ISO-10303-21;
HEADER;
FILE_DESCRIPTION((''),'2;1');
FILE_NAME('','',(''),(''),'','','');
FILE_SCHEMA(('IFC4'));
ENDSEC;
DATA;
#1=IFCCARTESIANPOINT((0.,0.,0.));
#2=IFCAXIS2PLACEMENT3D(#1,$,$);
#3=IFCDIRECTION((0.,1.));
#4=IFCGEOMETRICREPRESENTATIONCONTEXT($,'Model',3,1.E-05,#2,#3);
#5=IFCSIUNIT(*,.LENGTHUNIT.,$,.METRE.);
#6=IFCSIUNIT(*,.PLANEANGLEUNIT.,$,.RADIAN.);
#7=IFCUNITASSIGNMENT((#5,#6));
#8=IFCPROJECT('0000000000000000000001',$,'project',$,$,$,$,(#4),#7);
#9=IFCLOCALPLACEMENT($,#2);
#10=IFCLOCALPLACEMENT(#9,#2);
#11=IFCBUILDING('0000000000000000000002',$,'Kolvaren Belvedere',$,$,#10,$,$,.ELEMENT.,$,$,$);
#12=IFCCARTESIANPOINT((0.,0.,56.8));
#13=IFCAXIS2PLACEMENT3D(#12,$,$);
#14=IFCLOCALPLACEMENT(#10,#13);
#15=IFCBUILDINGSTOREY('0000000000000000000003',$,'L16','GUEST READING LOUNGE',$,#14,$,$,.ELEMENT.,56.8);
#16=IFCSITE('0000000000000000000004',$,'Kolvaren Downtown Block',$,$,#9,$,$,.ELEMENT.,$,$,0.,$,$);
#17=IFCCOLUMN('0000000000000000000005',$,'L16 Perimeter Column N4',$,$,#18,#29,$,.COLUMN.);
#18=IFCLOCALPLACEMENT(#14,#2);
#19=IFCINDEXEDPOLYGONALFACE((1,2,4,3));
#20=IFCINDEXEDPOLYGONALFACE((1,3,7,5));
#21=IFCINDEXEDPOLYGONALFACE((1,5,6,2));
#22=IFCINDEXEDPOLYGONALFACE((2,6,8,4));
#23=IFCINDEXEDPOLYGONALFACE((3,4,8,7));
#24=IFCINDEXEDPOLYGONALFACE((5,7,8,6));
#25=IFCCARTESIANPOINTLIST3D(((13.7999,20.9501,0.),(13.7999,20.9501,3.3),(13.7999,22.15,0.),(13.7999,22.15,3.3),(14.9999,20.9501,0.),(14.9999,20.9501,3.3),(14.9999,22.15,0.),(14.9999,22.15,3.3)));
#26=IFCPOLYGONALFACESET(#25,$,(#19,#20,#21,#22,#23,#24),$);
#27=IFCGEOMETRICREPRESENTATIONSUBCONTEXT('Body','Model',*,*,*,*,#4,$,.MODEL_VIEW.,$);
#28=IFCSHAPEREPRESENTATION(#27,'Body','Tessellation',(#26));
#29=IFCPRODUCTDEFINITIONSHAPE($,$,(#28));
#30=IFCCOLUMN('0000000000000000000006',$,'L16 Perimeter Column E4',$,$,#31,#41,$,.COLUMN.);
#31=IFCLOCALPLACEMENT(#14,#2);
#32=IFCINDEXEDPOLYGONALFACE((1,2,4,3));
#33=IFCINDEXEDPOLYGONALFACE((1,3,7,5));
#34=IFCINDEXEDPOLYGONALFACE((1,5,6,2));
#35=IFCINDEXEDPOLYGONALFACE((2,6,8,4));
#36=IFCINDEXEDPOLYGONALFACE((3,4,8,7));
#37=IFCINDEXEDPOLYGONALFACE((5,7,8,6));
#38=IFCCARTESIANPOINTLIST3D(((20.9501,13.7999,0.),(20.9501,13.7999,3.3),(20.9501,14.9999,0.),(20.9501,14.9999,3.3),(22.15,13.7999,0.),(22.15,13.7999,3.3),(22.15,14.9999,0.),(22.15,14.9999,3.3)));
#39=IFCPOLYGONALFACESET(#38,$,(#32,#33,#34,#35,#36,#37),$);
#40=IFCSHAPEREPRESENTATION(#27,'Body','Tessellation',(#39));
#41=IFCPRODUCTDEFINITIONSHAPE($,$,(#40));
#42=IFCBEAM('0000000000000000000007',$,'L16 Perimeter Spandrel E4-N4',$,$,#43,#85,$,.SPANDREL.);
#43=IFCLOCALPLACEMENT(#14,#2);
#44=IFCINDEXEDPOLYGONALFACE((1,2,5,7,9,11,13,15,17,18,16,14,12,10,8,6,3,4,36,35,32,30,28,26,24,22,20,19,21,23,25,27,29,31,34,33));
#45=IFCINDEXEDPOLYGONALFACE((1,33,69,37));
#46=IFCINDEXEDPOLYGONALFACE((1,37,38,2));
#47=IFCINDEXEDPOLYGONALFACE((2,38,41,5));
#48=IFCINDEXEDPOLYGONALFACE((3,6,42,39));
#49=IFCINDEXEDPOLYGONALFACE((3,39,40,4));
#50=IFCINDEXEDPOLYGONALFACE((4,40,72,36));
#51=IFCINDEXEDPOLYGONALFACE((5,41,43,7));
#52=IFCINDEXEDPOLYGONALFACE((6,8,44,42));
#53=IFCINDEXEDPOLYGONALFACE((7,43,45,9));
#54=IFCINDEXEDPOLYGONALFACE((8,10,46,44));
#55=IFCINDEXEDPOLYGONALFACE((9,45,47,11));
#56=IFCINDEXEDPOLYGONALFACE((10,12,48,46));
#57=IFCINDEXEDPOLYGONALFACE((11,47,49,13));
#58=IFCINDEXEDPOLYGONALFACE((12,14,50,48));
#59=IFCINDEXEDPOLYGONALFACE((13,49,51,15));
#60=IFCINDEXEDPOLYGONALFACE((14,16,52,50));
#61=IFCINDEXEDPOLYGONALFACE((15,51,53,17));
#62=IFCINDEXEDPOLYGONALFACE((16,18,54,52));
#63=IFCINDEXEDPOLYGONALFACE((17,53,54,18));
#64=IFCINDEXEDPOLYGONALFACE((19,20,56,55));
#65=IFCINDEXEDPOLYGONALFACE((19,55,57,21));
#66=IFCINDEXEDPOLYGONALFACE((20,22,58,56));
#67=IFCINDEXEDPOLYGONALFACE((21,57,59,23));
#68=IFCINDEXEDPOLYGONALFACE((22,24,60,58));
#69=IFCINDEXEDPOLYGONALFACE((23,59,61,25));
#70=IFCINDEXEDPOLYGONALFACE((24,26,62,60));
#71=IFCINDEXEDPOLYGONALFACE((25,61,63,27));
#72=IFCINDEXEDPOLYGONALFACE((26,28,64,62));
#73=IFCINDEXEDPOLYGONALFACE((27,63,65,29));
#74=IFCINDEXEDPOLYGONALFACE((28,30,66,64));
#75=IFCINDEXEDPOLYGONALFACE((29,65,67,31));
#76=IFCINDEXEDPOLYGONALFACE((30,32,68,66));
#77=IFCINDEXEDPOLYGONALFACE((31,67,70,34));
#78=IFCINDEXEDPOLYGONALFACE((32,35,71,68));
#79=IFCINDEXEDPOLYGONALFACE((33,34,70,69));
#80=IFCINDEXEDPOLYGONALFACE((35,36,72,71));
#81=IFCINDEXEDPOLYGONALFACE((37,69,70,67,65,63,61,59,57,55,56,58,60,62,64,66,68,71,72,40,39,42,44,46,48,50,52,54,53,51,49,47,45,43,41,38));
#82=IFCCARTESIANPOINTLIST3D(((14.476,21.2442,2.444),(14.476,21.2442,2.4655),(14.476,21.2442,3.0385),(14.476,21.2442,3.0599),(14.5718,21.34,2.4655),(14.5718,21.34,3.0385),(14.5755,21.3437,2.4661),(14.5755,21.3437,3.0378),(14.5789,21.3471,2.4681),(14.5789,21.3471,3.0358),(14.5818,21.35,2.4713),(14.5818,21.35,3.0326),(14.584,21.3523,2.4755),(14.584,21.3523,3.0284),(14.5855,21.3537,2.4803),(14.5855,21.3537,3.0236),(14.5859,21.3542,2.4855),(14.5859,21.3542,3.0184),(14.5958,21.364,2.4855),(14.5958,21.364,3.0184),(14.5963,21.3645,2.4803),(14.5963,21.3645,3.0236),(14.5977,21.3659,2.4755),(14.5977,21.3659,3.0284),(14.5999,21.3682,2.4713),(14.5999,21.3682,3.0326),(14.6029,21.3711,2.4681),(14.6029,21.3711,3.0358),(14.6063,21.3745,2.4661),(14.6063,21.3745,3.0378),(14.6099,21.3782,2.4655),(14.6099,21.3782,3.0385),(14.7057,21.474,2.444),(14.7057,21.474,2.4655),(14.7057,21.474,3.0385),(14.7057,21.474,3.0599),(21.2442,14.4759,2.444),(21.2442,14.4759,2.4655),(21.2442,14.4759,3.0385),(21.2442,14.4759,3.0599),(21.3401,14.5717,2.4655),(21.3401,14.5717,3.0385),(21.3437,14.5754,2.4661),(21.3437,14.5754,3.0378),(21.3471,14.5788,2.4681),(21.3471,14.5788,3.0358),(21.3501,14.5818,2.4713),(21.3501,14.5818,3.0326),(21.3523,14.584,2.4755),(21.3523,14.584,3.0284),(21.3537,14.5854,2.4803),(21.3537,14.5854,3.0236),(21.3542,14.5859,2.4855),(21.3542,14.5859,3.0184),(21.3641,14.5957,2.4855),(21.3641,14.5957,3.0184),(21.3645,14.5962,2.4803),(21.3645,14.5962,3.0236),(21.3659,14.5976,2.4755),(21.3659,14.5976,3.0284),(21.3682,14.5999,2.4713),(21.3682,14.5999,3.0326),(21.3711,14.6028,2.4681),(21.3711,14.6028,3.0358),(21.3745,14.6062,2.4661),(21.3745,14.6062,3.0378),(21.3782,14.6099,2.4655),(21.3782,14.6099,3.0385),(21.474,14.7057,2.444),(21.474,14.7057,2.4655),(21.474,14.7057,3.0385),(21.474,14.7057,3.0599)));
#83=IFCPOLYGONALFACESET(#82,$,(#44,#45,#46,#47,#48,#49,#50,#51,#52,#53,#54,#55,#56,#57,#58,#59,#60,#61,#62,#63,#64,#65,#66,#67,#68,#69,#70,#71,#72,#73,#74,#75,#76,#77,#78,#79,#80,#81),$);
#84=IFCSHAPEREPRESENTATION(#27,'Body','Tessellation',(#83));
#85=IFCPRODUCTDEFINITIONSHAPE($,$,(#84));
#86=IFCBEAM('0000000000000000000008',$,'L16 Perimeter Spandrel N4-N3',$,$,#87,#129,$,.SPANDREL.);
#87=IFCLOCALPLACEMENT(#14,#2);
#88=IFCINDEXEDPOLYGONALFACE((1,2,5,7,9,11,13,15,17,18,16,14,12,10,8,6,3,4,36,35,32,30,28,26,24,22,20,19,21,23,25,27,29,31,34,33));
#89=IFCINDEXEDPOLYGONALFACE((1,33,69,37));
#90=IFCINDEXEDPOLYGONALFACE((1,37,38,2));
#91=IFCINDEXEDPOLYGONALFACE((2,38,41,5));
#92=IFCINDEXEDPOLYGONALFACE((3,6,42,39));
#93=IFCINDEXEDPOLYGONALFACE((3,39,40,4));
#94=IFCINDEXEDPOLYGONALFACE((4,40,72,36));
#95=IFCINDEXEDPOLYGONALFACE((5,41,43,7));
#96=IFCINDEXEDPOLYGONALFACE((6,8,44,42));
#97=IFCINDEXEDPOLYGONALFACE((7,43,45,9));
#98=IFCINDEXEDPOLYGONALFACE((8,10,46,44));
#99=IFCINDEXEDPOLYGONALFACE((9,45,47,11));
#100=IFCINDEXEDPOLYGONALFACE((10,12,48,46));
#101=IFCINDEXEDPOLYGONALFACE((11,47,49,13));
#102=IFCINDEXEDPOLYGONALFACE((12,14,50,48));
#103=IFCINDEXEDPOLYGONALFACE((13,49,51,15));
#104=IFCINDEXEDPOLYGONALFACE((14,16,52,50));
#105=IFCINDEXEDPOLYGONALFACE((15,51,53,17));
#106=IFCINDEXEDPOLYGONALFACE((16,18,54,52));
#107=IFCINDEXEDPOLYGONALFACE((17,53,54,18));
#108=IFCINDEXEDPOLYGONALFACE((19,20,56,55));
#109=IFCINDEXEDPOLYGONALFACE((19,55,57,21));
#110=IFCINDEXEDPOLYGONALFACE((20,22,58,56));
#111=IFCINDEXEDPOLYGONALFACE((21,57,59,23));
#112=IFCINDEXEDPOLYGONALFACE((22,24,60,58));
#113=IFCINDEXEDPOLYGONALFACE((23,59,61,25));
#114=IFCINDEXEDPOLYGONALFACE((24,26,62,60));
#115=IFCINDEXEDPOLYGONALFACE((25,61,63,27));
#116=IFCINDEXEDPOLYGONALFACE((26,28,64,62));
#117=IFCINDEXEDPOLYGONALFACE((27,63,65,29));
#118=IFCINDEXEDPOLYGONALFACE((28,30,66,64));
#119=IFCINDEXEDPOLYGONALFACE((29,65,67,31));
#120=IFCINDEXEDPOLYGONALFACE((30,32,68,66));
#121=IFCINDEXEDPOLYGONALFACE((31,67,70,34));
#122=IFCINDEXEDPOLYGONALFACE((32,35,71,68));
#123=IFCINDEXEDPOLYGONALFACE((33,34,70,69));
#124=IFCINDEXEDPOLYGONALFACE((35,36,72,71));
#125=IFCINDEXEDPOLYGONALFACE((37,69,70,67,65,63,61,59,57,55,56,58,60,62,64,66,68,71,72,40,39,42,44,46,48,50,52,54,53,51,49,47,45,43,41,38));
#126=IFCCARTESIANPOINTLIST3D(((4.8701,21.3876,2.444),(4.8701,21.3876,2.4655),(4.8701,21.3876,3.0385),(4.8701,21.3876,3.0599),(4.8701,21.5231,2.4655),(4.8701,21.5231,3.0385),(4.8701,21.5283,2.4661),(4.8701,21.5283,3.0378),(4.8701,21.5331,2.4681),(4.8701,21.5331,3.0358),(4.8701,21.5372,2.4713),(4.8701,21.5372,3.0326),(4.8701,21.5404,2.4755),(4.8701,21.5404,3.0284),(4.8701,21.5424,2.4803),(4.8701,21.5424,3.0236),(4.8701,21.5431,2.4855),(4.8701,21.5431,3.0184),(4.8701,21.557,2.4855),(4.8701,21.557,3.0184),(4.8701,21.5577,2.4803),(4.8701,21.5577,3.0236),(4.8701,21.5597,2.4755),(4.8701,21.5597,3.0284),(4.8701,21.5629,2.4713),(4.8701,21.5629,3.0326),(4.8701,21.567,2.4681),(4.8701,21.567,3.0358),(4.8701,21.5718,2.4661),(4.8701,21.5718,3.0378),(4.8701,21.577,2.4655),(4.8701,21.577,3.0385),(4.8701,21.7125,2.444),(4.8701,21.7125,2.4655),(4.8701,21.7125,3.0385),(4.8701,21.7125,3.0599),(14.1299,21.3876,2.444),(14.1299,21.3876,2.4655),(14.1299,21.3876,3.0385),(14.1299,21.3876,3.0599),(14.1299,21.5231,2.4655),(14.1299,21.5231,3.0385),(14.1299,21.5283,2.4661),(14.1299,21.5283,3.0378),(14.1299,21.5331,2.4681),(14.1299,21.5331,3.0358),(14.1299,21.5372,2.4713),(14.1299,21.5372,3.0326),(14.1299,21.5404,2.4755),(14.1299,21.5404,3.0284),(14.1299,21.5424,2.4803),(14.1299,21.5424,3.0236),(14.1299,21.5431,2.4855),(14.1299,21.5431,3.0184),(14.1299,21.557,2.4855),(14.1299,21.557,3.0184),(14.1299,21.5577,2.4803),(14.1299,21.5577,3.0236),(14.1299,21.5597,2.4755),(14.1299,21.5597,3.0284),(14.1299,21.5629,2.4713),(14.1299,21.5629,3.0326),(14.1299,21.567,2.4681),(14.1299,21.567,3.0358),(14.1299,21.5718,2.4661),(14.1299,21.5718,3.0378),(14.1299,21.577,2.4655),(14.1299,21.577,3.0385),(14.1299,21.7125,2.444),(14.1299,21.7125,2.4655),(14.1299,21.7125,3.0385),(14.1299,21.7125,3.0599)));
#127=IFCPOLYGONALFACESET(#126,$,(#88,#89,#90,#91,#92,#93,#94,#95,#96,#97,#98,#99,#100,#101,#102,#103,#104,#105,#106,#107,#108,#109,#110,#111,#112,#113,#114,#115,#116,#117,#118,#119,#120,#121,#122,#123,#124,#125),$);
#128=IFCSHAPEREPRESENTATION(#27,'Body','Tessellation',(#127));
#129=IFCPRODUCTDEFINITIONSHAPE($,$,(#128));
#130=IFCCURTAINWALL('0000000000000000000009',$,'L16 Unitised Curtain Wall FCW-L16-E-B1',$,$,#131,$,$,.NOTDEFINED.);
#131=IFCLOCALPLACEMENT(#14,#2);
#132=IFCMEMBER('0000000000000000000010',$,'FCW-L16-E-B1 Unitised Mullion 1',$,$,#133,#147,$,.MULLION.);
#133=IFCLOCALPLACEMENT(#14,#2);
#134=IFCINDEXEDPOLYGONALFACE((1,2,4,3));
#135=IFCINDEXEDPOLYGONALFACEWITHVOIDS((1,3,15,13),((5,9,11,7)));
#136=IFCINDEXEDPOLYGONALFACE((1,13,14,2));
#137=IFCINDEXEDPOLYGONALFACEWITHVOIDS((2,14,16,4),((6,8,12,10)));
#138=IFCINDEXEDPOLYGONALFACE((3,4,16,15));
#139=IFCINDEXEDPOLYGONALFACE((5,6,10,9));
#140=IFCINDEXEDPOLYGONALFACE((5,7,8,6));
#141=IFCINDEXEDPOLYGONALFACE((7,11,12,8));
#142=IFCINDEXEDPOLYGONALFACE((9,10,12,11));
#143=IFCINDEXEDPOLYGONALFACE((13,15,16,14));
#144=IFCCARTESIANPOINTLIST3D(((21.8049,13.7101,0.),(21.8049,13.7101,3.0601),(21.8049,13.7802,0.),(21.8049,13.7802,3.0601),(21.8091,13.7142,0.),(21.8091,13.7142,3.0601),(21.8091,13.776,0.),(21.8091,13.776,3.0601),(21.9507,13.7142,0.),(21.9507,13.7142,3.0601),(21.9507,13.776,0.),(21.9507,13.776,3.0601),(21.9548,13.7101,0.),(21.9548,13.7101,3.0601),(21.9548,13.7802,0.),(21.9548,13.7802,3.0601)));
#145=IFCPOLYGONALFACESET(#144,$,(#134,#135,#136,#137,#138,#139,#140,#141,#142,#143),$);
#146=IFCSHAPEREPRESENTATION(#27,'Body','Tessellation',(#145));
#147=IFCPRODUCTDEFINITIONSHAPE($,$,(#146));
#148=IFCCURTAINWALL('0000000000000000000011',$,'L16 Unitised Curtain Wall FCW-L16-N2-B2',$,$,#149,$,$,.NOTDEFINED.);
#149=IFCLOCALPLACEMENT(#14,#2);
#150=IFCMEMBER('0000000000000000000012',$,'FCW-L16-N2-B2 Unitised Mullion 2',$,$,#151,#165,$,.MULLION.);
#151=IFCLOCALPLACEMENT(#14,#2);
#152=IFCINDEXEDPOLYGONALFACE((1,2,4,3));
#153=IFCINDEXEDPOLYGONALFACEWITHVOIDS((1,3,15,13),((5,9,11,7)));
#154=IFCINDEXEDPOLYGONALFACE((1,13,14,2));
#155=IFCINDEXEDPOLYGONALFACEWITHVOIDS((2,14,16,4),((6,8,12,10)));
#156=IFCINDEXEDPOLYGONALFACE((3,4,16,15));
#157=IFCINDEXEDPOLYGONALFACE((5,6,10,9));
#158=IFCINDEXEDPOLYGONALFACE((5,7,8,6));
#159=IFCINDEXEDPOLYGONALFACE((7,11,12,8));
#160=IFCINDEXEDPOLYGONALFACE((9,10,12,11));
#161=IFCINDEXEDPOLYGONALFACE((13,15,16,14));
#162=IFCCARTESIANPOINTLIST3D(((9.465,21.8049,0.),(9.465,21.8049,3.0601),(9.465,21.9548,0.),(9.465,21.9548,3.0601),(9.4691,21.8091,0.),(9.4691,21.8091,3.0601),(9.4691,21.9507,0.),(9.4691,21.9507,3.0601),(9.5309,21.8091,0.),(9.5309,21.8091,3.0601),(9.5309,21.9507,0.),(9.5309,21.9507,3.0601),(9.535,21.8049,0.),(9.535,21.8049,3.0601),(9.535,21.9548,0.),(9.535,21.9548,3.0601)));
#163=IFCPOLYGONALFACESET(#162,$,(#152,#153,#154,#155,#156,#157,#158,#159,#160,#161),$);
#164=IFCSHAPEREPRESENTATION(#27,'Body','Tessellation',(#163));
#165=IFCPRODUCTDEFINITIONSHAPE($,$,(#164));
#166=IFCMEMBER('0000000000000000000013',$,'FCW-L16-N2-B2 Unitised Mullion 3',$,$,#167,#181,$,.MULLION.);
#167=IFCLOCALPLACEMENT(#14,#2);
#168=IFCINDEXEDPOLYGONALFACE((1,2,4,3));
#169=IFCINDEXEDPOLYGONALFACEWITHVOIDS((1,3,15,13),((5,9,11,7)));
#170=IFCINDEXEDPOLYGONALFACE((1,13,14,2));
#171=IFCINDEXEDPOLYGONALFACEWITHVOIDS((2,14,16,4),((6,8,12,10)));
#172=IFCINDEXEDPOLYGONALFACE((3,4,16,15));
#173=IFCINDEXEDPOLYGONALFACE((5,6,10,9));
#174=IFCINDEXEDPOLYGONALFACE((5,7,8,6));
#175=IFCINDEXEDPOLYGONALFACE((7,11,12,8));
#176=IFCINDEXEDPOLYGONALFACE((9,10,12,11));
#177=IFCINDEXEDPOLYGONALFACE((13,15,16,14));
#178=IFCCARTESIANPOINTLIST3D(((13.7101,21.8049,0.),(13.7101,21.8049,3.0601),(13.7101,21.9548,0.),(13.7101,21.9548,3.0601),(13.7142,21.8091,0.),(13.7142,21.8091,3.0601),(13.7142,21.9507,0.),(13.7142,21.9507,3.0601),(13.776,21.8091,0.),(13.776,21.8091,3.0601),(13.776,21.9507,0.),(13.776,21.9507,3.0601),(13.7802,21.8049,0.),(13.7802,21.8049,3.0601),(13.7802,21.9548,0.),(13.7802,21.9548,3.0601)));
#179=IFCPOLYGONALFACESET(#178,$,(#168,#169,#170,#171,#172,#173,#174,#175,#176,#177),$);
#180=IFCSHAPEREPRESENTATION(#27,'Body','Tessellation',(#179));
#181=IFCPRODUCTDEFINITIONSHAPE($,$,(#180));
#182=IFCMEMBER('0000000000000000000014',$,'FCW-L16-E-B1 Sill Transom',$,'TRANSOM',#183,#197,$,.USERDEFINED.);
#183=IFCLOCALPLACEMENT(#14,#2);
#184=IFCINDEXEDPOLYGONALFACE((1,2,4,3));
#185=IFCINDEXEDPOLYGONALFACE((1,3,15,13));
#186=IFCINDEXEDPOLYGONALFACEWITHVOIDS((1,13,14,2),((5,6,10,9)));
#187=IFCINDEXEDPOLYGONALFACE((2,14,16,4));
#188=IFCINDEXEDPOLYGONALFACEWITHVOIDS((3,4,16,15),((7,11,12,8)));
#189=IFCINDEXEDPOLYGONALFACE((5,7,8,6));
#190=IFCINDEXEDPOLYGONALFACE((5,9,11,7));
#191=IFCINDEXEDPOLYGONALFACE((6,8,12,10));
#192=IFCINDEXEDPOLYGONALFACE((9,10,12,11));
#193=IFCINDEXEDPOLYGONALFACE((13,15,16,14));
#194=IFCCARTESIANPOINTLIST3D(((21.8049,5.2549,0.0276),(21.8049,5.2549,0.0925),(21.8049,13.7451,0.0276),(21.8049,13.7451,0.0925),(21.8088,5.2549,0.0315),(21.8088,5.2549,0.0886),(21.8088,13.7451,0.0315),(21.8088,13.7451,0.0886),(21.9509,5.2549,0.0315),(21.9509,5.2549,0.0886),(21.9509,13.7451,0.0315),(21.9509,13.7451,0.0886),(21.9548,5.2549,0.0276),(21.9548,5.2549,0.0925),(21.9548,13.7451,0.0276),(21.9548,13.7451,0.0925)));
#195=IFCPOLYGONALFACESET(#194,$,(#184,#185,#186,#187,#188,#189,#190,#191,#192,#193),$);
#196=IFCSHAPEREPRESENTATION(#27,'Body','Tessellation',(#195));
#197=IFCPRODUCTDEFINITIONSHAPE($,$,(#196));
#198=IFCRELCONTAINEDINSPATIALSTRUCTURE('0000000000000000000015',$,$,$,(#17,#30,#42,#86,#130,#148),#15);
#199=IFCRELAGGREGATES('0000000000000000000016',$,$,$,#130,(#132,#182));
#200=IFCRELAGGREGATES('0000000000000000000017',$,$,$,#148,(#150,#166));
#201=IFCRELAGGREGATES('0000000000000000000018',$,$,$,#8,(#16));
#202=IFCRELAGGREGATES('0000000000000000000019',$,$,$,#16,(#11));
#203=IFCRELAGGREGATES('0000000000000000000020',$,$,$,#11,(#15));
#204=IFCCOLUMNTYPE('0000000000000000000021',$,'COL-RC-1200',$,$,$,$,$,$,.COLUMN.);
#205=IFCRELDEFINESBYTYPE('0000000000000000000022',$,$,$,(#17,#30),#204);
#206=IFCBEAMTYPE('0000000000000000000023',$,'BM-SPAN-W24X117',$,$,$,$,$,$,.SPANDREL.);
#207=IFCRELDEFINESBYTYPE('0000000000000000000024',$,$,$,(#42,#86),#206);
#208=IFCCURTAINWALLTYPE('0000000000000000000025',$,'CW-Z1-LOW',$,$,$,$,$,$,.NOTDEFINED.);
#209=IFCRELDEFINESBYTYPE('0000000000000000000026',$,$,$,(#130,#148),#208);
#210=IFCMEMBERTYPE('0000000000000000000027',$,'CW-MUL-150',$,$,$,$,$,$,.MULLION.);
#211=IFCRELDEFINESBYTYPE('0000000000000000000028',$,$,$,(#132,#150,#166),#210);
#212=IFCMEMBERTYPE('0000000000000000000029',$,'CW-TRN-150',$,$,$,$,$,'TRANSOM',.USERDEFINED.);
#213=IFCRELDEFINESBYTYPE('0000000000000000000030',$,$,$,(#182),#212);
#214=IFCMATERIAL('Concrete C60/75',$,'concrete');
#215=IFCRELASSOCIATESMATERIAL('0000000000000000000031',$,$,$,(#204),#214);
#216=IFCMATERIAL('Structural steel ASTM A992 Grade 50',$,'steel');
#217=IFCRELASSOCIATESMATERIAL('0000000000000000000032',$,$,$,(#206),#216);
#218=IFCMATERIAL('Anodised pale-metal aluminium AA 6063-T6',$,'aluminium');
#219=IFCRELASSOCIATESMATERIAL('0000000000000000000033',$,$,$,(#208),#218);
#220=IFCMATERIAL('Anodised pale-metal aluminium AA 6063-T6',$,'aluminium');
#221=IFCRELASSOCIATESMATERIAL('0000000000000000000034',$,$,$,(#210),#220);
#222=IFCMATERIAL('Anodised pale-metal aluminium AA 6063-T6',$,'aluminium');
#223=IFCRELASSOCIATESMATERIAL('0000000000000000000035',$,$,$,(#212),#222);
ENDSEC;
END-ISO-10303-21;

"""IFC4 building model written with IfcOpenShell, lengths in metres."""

from ifc_helpers import new_model, si_unit, direction, frame, origin, origin_2d, place, context, subcontext, project, spatial, rectangle, hollow_rectangle, i_section, extrude, material, material_profile, profile_set, type_object, element, aggregate, save


model = new_model("IFC4")

# Units and contexts
model_context = context("Model", 3, precision=1e-05, world=origin(), true_north=direction((0.0, 1.0)))
body_context = subcontext(model_context, "Body", "Model", "MODEL_VIEW")
ifc_project = project(units=[si_unit("LENGTHUNIT", "METRE"), si_unit("PLANEANGLEUNIT", "RADIAN")], contexts=[model_context])

# Site, building, storey
site_placement = place(None, origin())
site = spatial("IfcSite", under=ifc_project, at=site_placement, Name="Kolvaren Downtown Block", CompositionType="ELEMENT", RefElevation=0.0)
building_placement = place(site_placement, origin())
building = spatial("IfcBuilding", under=site, at=building_placement, Name="Kolvaren Belvedere", CompositionType="ELEMENT")
storey_placement = place(building_placement, frame((0.0, 0.0, 56.8)))
storey = spatial("IfcBuildingStorey", under=building, at=storey_placement, Name="L16", Description="GUEST READING LOUNGE", CompositionType="ELEMENT", Elevation=56.8)

# Columns
ifc_material_1 = material(Name="Concrete C60/75", Category="concrete")
ifc_material_profile_1 = material_profile(ifc_material_1, rectangle(XDim=1.2, YDim=1.2, at=origin_2d()), Name="RC 1200X1200")
ifc_profile_set_1 = profile_set([ifc_material_profile_1], Name="Concrete C60/75")
column_type = type_object("IfcColumnType", Name="COL-RC-1200", PredefinedType="COLUMN", material=ifc_profile_set_1)
for number, where, z_axis, x_axis, name in (
    (1, (14.3999, 21.55, 0.0), (0.0, 0.0, 1.0), (1.0, 0.0, 0.0), "L16 Perimeter Column N4"),
    (2, (21.55, 14.3999, 0.0), (0.0, 0.0, 1.0), (1.0, 0.0, 0.0), "L16 Perimeter Column E4"),
):
    element("IfcColumn", number, at=place(storey_placement, frame(where, z_axis=z_axis, x_axis=x_axis)), inside=storey, type_object=column_type, Name=name, PredefinedType="COLUMN", context=body_context, shape_type="SweptSolid", body=[
        extrude(rectangle(XDim=1.2, YDim=1.2, at=origin_2d()), origin(), (0.0, 0.0, 1.0), 3.3),
    ])

# Beams
ifc_material_2 = material(Name="Structural steel ASTM A992 Grade 50", Category="steel")
ifc_material_profile_2 = material_profile(ifc_material_2, i_section(OverallWidth=0.325, OverallDepth=0.616, WebThickness=0.0139, FlangeThickness=0.0215, FilletRadius=0.02, at=origin_2d()), Name="W24X117")
ifc_profile_set_2 = profile_set([ifc_material_profile_2], Name="Structural steel ASTM A992 Grade 50")
beam_type = type_object("IfcBeamType", Name="BM-SPAN-W24X117", PredefinedType="SPANDREL", material=ifc_profile_set_2)
beam_1_placement = place(storey_placement, frame((21.3591, 14.5908, 2.752), z_axis=(-0.707107, 0.707107, 0.0), x_axis=(-0.707107, -0.707107, 0.0)))
element("IfcBeam", 3, at=beam_1_placement, inside=storey, type_object=beam_type, Name="L16 Perimeter Spandrel E4-N4", PredefinedType="SPANDREL", context=body_context, shape_type="SweptSolid", body=[
    extrude(i_section(OverallWidth=0.325, OverallDepth=0.616, WebThickness=0.0139, FlangeThickness=0.0215, FilletRadius=0.02, at=origin_2d()), origin(), (0.0, 0.0, 1.0), 9.5718),
])
beam_2_placement = place(storey_placement, frame((14.1299, 21.55, 2.752), z_axis=(-1.0, 0.0, 0.0), x_axis=(0.0, -1.0, 0.0)))
element("IfcBeam", 4, at=beam_2_placement, inside=storey, type_object=beam_type, Name="L16 Perimeter Spandrel N4-N3", PredefinedType="SPANDREL", context=body_context, shape_type="SweptSolid", body=[
    extrude(i_section(OverallWidth=0.325, OverallDepth=0.616, WebThickness=0.0139, FlangeThickness=0.0215, FilletRadius=0.02, at=origin_2d()), origin(), (0.0, 0.0, 1.0), 9.2598),
])

# Curtain wall, member
ifc_material_3 = material(Name="Anodised pale-metal aluminium AA 6063-T6", Category="aluminium")
curtain_wall_type = type_object("IfcCurtainWallType", Name="CW-Z1-LOW", PredefinedType="NOTDEFINED", material=ifc_material_3)
curtain_wall_1_placement = place(storey_placement, origin())
curtain_wall_1 = element("IfcCurtainWall", 5, at=curtain_wall_1_placement, inside=storey, type_object=curtain_wall_type, Name="L16 Unitised Curtain Wall FCW-L16-E-B1", PredefinedType="NOTDEFINED")
ifc_material_4 = material(Name="Anodised pale-metal aluminium AA 6063-T6", Category="aluminium")
ifc_material_profile_3 = material_profile(ifc_material_4, hollow_rectangle(XDim=0.0701, YDim=0.1499, WallThickness=0.0042, at=origin_2d()), Name="ALU-MUL-150X70")
ifc_profile_set_3 = profile_set([ifc_material_profile_3], Name="Anodised pale-metal aluminium AA 6063-T6")
member_type_1 = type_object("IfcMemberType", Name="CW-MUL-150", PredefinedType="MULLION", material=ifc_profile_set_3)
member_1_placement = place(storey_placement, frame((21.8799, 13.7451, 0.0), z_axis=(0.0, 0.0, 1.0), x_axis=(0.0, 1.0, 0.0)))
member_1 = element("IfcMember", 6, at=member_1_placement, type_object=member_type_1, Name="FCW-L16-E-B1 Unitised Mullion 1", PredefinedType="MULLION", context=body_context, shape_type="SweptSolid", body=[
    extrude(hollow_rectangle(XDim=0.0701, YDim=0.1499, WallThickness=0.0042, at=origin_2d()), origin(), (0.0, 0.0, 1.0), 3.0601),
])

# Curtain wall, members
curtain_wall_2_placement = place(storey_placement, origin())
curtain_wall_2 = element("IfcCurtainWall", 7, at=curtain_wall_2_placement, inside=storey, type_object=curtain_wall_type, Name="L16 Unitised Curtain Wall FCW-L16-N2-B2", PredefinedType="NOTDEFINED")
member_2_placement = place(storey_placement, frame((9.5, 21.8799, 0.0), z_axis=(0.0, 0.0, 1.0), x_axis=(1.0, 0.0, 0.0)))
member_2 = element("IfcMember", 8, at=member_2_placement, type_object=member_type_1, Name="FCW-L16-N2-B2 Unitised Mullion 2", PredefinedType="MULLION", context=body_context, shape_type="SweptSolid", body=[
    extrude(hollow_rectangle(XDim=0.0701, YDim=0.1499, WallThickness=0.0042, at=origin_2d()), origin(), (0.0, 0.0, 1.0), 3.0601),
])
member_3_placement = place(storey_placement, frame((13.7451, 21.8799, 0.0), z_axis=(0.0, 0.0, 1.0), x_axis=(1.0, 0.0, 0.0)))
member_3 = element("IfcMember", 9, at=member_3_placement, type_object=member_type_1, Name="FCW-L16-N2-B2 Unitised Mullion 3", PredefinedType="MULLION", context=body_context, shape_type="SweptSolid", body=[
    extrude(hollow_rectangle(XDim=0.0701, YDim=0.1499, WallThickness=0.0042, at=origin_2d()), origin(), (0.0, 0.0, 1.0), 3.0601),
])

# Member
ifc_material_5 = material(Name="Anodised pale-metal aluminium AA 6063-T6", Category="aluminium")
ifc_material_profile_4 = material_profile(ifc_material_5, hollow_rectangle(XDim=0.0649, YDim=0.1499, WallThickness=0.0039, at=origin_2d()), Name="ALU-TRN-150X65")
ifc_profile_set_4 = profile_set([ifc_material_profile_4], Name="Anodised pale-metal aluminium AA 6063-T6")
member_type_2 = type_object("IfcMemberType", Name="CW-TRN-150", ElementType="TRANSOM", PredefinedType="USERDEFINED", material=ifc_profile_set_4)
member_4_placement = place(storey_placement, frame((21.8799, 13.7451, 0.0601), z_axis=(0.0, -1.0, 0.0), x_axis=(0.0, 0.0, 1.0)))
member_4 = element("IfcMember", 10, at=member_4_placement, type_object=member_type_2, Name="FCW-L16-E-B1 Sill Transom", ObjectType="TRANSOM", PredefinedType="USERDEFINED", context=body_context, shape_type="SweptSolid", body=[
    extrude(hollow_rectangle(XDim=0.0649, YDim=0.1499, WallThickness=0.0039, at=origin_2d()), origin(), (0.0, 0.0, 1.0), 8.4902),
])
aggregate(curtain_wall_1, [member_1, member_4])

aggregate(curtain_wall_2, [member_2, member_3])

save(model, "model.ifc")
